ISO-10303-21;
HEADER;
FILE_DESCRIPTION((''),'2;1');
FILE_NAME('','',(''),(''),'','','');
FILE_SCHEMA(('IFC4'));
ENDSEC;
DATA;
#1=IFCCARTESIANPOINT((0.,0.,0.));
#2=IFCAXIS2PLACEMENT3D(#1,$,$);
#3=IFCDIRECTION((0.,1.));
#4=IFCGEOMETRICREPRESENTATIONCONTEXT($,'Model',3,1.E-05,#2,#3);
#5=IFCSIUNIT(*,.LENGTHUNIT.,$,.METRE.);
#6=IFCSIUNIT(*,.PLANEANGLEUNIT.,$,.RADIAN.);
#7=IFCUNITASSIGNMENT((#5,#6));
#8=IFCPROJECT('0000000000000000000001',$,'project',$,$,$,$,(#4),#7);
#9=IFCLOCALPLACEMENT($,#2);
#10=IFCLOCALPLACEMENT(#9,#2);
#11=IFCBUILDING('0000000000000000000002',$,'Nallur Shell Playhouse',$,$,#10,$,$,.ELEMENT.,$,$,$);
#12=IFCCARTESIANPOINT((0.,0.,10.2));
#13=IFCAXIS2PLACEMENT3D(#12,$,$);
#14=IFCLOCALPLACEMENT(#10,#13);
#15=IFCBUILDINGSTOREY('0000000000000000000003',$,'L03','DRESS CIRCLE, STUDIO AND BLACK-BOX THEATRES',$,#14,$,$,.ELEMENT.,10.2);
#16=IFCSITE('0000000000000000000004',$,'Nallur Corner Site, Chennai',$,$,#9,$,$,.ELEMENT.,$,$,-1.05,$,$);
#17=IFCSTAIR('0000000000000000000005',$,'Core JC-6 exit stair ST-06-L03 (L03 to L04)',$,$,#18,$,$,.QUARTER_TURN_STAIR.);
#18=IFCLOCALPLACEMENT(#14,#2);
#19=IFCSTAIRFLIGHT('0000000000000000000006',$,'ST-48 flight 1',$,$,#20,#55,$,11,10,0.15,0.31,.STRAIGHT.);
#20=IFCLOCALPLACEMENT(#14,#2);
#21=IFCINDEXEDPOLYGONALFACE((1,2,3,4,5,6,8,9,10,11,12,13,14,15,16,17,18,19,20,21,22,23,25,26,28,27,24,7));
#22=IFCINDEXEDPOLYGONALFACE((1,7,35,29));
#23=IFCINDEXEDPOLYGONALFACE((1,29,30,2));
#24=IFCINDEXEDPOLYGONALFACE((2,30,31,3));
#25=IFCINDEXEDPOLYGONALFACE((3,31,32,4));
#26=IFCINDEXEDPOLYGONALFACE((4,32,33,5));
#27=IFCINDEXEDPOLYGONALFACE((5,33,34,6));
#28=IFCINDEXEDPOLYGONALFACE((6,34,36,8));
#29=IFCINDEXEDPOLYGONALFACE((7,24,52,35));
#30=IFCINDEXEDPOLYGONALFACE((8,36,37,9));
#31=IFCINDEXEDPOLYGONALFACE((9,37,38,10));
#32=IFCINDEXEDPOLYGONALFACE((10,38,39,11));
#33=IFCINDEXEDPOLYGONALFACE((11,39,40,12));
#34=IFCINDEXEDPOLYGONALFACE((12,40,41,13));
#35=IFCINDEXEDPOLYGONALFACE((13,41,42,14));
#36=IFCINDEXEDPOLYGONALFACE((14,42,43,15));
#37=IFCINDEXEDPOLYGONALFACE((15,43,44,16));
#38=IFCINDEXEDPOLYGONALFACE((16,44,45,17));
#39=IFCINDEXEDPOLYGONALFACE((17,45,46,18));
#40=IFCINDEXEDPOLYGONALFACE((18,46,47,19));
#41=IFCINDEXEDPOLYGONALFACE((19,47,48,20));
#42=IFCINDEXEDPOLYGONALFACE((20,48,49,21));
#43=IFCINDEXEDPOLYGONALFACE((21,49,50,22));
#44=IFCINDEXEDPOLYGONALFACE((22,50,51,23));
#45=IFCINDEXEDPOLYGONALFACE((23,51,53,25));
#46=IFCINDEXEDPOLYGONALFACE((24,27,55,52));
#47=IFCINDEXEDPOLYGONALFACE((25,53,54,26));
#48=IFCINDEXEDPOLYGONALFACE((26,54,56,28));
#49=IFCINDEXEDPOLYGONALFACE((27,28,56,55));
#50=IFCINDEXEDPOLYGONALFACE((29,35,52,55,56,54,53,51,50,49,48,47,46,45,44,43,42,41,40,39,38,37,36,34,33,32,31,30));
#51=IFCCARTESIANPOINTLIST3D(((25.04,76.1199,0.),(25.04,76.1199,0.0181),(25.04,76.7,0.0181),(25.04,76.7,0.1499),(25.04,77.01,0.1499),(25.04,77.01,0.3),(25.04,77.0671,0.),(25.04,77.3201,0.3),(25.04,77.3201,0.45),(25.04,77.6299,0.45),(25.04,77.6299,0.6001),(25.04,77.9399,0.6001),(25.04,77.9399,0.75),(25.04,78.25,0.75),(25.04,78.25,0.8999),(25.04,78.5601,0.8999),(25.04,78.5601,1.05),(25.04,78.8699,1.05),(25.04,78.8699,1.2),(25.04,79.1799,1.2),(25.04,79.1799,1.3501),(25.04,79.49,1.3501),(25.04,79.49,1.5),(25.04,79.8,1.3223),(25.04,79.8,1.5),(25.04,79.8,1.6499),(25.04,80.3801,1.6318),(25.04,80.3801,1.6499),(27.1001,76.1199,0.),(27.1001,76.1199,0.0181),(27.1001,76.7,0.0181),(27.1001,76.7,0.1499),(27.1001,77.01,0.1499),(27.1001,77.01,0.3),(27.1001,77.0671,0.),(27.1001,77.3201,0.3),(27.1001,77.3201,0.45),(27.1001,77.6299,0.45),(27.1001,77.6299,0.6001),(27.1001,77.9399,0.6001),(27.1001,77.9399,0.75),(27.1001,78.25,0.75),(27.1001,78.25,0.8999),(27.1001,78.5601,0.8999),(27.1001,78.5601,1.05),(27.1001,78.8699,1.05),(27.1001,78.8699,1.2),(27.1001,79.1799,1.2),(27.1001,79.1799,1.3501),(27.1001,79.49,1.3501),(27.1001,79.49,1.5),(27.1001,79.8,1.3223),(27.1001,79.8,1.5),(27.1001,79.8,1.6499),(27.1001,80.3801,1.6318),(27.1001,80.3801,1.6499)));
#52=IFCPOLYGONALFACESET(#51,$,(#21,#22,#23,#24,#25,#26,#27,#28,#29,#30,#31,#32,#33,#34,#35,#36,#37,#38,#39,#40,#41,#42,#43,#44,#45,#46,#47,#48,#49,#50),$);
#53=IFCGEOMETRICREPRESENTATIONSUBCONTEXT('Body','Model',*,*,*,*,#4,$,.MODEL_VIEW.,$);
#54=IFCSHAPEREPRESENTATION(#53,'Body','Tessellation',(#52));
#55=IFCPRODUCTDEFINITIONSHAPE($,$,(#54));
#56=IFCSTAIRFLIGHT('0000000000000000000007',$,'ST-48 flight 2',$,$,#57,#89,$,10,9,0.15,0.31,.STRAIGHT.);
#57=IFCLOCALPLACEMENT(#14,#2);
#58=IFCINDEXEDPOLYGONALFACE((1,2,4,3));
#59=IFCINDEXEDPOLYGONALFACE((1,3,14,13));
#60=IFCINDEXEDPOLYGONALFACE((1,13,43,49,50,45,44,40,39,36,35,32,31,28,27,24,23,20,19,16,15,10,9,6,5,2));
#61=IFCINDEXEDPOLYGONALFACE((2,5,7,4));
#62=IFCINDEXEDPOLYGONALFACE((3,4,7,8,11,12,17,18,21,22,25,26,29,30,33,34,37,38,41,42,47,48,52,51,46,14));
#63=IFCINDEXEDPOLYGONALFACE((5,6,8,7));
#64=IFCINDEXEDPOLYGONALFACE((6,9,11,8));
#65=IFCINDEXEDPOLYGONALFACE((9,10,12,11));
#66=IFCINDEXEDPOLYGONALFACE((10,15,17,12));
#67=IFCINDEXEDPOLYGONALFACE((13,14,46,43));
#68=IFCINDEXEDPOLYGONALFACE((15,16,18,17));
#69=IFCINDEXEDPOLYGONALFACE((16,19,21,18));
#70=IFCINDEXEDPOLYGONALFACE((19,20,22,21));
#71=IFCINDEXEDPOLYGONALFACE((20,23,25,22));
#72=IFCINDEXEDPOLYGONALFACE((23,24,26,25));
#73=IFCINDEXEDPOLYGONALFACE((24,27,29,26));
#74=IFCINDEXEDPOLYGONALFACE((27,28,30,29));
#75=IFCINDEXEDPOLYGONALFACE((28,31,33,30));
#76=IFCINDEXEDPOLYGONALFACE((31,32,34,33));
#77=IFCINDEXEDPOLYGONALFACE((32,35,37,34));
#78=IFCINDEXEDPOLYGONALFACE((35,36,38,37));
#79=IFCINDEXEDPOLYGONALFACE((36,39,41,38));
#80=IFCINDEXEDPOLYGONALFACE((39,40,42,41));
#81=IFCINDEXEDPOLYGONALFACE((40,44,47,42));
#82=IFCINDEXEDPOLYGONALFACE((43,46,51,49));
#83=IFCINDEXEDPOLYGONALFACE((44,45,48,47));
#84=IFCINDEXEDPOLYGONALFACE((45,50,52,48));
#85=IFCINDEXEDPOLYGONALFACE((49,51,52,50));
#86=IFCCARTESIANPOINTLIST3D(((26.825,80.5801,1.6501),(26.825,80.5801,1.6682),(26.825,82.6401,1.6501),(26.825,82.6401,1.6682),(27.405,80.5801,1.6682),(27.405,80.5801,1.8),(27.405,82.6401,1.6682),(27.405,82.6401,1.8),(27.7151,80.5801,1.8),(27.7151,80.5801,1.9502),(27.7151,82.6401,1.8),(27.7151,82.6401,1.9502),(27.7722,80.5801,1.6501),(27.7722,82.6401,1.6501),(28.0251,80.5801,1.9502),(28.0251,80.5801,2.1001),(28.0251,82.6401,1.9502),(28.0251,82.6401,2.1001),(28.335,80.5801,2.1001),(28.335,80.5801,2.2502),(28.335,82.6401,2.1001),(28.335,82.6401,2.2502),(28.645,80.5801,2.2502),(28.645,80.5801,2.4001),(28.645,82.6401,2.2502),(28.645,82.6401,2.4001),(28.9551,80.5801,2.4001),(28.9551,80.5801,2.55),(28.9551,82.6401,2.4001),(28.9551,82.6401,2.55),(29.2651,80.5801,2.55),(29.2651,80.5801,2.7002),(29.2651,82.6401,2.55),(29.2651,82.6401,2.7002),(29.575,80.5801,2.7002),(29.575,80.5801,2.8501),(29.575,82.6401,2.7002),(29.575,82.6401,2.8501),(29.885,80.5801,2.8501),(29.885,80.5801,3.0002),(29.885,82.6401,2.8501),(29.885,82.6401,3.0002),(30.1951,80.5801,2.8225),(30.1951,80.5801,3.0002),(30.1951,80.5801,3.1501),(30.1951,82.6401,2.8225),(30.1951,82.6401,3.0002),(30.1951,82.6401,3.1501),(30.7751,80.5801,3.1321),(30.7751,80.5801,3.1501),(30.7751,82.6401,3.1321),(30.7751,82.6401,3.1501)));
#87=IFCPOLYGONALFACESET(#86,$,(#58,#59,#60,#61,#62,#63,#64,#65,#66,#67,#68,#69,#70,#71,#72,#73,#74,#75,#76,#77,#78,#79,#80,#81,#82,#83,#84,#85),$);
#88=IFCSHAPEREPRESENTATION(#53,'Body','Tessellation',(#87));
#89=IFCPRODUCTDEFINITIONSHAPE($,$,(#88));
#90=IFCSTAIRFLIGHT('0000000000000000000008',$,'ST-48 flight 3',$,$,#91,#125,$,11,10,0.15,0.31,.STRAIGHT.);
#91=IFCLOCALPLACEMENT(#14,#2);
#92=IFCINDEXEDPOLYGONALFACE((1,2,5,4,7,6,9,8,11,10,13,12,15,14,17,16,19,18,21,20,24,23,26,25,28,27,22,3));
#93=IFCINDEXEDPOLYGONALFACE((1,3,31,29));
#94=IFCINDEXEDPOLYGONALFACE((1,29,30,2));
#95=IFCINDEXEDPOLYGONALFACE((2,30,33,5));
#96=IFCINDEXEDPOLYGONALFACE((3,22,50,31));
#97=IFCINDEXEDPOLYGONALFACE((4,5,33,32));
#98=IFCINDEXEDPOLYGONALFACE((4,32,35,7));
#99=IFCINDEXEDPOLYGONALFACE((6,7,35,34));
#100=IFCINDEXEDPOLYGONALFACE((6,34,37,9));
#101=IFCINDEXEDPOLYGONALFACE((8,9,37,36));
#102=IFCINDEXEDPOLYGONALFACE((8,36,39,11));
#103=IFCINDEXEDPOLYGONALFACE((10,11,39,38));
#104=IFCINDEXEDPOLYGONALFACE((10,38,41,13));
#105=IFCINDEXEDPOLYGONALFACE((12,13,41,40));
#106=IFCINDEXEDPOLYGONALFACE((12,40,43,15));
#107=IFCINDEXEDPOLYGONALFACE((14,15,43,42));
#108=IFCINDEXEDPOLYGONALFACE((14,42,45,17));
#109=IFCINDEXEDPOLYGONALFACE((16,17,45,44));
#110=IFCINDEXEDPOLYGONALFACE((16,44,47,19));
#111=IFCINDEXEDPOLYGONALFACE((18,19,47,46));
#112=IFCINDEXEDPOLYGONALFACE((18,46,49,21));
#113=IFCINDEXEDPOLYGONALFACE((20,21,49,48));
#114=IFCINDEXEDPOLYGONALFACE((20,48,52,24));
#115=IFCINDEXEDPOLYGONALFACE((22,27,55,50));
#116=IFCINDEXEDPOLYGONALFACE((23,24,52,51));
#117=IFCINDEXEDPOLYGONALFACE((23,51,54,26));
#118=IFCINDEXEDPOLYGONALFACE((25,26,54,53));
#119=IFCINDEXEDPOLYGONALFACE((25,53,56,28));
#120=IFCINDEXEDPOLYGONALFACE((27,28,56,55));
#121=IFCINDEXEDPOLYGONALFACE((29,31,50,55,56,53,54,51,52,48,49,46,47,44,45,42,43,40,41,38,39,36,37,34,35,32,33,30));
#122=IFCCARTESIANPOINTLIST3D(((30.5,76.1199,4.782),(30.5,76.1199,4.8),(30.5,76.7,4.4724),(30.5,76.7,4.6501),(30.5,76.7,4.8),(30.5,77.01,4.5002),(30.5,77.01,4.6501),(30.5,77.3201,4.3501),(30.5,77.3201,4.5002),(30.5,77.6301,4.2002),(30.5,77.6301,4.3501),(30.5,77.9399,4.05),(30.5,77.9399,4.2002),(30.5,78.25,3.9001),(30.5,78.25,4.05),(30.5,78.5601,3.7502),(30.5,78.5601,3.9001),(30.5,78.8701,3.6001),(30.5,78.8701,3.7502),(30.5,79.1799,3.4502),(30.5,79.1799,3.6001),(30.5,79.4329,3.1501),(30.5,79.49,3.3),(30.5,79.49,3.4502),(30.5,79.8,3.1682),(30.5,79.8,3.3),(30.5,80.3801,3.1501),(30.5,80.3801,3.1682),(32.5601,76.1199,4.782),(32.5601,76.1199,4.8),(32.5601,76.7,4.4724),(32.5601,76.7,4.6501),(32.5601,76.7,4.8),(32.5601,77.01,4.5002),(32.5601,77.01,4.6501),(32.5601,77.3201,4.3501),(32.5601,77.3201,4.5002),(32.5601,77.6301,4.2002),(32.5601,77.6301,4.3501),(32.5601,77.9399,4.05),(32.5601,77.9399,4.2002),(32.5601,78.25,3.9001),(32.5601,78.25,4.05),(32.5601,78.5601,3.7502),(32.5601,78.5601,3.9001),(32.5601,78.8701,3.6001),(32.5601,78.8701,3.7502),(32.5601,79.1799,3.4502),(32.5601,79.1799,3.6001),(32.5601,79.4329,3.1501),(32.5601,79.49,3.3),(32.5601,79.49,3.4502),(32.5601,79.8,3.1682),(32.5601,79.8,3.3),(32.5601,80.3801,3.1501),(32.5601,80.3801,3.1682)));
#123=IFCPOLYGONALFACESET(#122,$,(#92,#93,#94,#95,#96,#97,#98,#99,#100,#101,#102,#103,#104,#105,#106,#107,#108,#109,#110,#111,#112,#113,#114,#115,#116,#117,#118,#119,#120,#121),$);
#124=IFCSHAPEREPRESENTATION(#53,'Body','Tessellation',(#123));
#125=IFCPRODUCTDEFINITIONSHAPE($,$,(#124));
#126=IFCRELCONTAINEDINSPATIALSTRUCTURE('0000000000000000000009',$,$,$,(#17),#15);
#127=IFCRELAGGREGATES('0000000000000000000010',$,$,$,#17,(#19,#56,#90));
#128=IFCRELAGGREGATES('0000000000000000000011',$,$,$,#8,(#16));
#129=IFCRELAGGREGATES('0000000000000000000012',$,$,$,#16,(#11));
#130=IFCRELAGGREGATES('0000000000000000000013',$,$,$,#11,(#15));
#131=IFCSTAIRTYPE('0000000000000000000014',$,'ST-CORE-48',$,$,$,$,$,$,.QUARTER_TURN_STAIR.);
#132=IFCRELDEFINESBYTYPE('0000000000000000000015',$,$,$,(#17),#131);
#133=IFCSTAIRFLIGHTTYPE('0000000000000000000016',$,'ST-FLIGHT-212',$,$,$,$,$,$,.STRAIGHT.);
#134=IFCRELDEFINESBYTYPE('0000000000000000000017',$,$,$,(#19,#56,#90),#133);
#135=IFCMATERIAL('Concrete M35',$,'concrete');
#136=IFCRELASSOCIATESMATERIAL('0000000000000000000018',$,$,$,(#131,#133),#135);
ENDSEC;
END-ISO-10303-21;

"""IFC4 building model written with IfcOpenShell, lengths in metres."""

from ifc_helpers import new_model, si_unit, direction, frame, origin, place, context, subcontext, project, spatial, polyline, outline, extrude, material, type_object, element, aggregate, save


model = new_model("IFC4")

# Units and contexts
model_context = context("Model", 3, precision=1e-05, world=origin(), true_north=direction((0.0, 1.0)))
body_context = subcontext(model_context, "Body", "Model", "MODEL_VIEW")
ifc_project = project(units=[si_unit("LENGTHUNIT", "METRE"), si_unit("PLANEANGLEUNIT", "RADIAN")], contexts=[model_context])

# Site, building, storey
site_placement = place(None, origin())
site = spatial("IfcSite", under=ifc_project, at=site_placement, Name="Nallur Corner Site, Chennai", CompositionType="ELEMENT", RefElevation=-1.05)
building_placement = place(site_placement, origin())
building = spatial("IfcBuilding", under=site, at=building_placement, Name="Nallur Shell Playhouse", CompositionType="ELEMENT")
storey_placement = place(building_placement, frame((0.0, 0.0, 10.2)))
storey = spatial("IfcBuildingStorey", under=building, at=storey_placement, Name="L03", Description="DRESS CIRCLE, STUDIO AND BLACK-BOX THEATRES", CompositionType="ELEMENT", Elevation=10.2)

# Shared definitions
ifc_material_1 = material(Name="Concrete M35", Category="concrete")

# Stair, stair flights
stair_type = type_object("IfcStairType", Name="ST-CORE-48", PredefinedType="QUARTER_TURN_STAIR", material=ifc_material_1)
stair_placement = place(storey_placement, origin())
stair = element("IfcStair", 1, at=stair_placement, inside=storey, type_object=stair_type, Name="Core JC-6 exit stair ST-06-L03 (L03 to L04)", PredefinedType="QUARTER_TURN_STAIR")
stair_flight_type = type_object("IfcStairFlightType", Name="ST-FLIGHT-212", PredefinedType="STRAIGHT", material=ifc_material_1)
stair_flight_1_placement = place(storey_placement, frame((26.0701, 76.7, 0.0), z_axis=(0.0, 0.0, 1.0), x_axis=(0.0, 1.0, 0.0)))
stair_flight_1 = element("IfcStairFlight", 2, at=stair_flight_1_placement, type_object=stair_flight_type, Name="ST-48 flight 1", NumberOfRisers=11, NumberOfTreads=10, PredefinedType="STRAIGHT", RiserHeight=0.15, TreadLength=0.31, context=body_context, shape_type="SweptSolid", body=[
    extrude(outline(polyline([(-0.5801, 0.0), (-0.5801, 0.0181), (0.0, 0.0181), (0.0, 0.1499), (0.3101, 0.1499), (0.3101, 0.3), (0.6201, 0.3), (0.6201, 0.45), (0.9299, 0.45), (0.9299, 0.6001), (1.24, 0.6001), (1.24, 0.75), (1.55, 0.75), (1.55, 0.8999), (1.8601, 0.8999), (1.8601, 1.05), (2.1699, 1.05), (2.1699, 1.2), (2.48, 1.2), (2.48, 1.3501), (2.79, 1.3501), (2.79, 1.5), (3.1001, 1.5), (3.1001, 1.6499), (3.6802, 1.6499), (3.6802, 1.6318), (3.1001, 1.3223), (0.3672, 0.0), (-0.5801, 0.0)])), frame((0.0, 1.03, 0.0), z_axis=(0.0, -1.0, 0.0), x_axis=(1.0, 0.0, 0.0)), (0.0, 0.0, 1.0), 2.0601),
])
stair_flight_2_placement = place(storey_placement, frame((27.405, 81.6101, 1.6501), z_axis=(0.0, 0.0, 1.0), x_axis=(1.0, 0.0, 0.0)))
stair_flight_2 = element("IfcStairFlight", 3, at=stair_flight_2_placement, type_object=stair_flight_type, Name="ST-48 flight 2", NumberOfRisers=10, NumberOfTreads=9, PredefinedType="STRAIGHT", RiserHeight=0.15, TreadLength=0.31, context=body_context, shape_type="SweptSolid", body=[
    extrude(outline(polyline([(-0.5801, 0.0), (-0.5801, 0.0181), (0.0, 0.0181), (0.0, 0.1499), (0.3101, 0.1499), (0.3101, 0.3), (0.6201, 0.3), (0.6201, 0.45), (0.9299, 0.45), (0.9299, 0.6001), (1.24, 0.6001), (1.24, 0.75), (1.55, 0.75), (1.55, 0.8999), (1.8601, 0.8999), (1.8601, 1.05), (2.1699, 1.05), (2.1699, 1.2), (2.48, 1.2), (2.48, 1.3501), (2.79, 1.3501), (2.79, 1.5), (3.3701, 1.5), (3.3701, 1.4819), (2.79, 1.1724), (0.3672, 0.0), (-0.5801, 0.0)])), frame((0.0, 1.03, 0.0), z_axis=(0.0, -1.0, 0.0), x_axis=(1.0, 0.0, 0.0)), (0.0, 0.0, 1.0), 2.0601),
])
stair_flight_3_placement = place(storey_placement, frame((31.53, 79.8, 3.1501), z_axis=(0.0, 0.0, 1.0), x_axis=(0.0, -1.0, 0.0)))
stair_flight_3 = element("IfcStairFlight", 4, at=stair_flight_3_placement, type_object=stair_flight_type, Name="ST-48 flight 3", NumberOfRisers=11, NumberOfTreads=10, PredefinedType="STRAIGHT", RiserHeight=0.15, TreadLength=0.31, context=body_context, shape_type="SweptSolid", body=[
    extrude(outline(polyline([(-0.5801, 0.0), (-0.5801, 0.0181), (0.0, 0.0181), (0.0, 0.1499), (0.3101, 0.1499), (0.3101, 0.3), (0.6201, 0.3), (0.6201, 0.45), (0.9299, 0.45), (0.9299, 0.6001), (1.24, 0.6001), (1.24, 0.75), (1.55, 0.75), (1.55, 0.8999), (1.8601, 0.8999), (1.8601, 1.05), (2.1699, 1.05), (2.1699, 1.2), (2.48, 1.2), (2.48, 1.3501), (2.79, 1.3501), (2.79, 1.5), (3.1001, 1.5), (3.1001, 1.6499), (3.6802, 1.6499), (3.6802, 1.6318), (3.1001, 1.3223), (0.3672, 0.0), (-0.5801, 0.0)])), frame((0.0, 1.03, 0.0), z_axis=(0.0, -1.0, 0.0), x_axis=(1.0, 0.0, 0.0)), (0.0, 0.0, 1.0), 2.0601),
])
aggregate(stair, [stair_flight_1, stair_flight_2, stair_flight_3])

save(model, "model.ifc")
